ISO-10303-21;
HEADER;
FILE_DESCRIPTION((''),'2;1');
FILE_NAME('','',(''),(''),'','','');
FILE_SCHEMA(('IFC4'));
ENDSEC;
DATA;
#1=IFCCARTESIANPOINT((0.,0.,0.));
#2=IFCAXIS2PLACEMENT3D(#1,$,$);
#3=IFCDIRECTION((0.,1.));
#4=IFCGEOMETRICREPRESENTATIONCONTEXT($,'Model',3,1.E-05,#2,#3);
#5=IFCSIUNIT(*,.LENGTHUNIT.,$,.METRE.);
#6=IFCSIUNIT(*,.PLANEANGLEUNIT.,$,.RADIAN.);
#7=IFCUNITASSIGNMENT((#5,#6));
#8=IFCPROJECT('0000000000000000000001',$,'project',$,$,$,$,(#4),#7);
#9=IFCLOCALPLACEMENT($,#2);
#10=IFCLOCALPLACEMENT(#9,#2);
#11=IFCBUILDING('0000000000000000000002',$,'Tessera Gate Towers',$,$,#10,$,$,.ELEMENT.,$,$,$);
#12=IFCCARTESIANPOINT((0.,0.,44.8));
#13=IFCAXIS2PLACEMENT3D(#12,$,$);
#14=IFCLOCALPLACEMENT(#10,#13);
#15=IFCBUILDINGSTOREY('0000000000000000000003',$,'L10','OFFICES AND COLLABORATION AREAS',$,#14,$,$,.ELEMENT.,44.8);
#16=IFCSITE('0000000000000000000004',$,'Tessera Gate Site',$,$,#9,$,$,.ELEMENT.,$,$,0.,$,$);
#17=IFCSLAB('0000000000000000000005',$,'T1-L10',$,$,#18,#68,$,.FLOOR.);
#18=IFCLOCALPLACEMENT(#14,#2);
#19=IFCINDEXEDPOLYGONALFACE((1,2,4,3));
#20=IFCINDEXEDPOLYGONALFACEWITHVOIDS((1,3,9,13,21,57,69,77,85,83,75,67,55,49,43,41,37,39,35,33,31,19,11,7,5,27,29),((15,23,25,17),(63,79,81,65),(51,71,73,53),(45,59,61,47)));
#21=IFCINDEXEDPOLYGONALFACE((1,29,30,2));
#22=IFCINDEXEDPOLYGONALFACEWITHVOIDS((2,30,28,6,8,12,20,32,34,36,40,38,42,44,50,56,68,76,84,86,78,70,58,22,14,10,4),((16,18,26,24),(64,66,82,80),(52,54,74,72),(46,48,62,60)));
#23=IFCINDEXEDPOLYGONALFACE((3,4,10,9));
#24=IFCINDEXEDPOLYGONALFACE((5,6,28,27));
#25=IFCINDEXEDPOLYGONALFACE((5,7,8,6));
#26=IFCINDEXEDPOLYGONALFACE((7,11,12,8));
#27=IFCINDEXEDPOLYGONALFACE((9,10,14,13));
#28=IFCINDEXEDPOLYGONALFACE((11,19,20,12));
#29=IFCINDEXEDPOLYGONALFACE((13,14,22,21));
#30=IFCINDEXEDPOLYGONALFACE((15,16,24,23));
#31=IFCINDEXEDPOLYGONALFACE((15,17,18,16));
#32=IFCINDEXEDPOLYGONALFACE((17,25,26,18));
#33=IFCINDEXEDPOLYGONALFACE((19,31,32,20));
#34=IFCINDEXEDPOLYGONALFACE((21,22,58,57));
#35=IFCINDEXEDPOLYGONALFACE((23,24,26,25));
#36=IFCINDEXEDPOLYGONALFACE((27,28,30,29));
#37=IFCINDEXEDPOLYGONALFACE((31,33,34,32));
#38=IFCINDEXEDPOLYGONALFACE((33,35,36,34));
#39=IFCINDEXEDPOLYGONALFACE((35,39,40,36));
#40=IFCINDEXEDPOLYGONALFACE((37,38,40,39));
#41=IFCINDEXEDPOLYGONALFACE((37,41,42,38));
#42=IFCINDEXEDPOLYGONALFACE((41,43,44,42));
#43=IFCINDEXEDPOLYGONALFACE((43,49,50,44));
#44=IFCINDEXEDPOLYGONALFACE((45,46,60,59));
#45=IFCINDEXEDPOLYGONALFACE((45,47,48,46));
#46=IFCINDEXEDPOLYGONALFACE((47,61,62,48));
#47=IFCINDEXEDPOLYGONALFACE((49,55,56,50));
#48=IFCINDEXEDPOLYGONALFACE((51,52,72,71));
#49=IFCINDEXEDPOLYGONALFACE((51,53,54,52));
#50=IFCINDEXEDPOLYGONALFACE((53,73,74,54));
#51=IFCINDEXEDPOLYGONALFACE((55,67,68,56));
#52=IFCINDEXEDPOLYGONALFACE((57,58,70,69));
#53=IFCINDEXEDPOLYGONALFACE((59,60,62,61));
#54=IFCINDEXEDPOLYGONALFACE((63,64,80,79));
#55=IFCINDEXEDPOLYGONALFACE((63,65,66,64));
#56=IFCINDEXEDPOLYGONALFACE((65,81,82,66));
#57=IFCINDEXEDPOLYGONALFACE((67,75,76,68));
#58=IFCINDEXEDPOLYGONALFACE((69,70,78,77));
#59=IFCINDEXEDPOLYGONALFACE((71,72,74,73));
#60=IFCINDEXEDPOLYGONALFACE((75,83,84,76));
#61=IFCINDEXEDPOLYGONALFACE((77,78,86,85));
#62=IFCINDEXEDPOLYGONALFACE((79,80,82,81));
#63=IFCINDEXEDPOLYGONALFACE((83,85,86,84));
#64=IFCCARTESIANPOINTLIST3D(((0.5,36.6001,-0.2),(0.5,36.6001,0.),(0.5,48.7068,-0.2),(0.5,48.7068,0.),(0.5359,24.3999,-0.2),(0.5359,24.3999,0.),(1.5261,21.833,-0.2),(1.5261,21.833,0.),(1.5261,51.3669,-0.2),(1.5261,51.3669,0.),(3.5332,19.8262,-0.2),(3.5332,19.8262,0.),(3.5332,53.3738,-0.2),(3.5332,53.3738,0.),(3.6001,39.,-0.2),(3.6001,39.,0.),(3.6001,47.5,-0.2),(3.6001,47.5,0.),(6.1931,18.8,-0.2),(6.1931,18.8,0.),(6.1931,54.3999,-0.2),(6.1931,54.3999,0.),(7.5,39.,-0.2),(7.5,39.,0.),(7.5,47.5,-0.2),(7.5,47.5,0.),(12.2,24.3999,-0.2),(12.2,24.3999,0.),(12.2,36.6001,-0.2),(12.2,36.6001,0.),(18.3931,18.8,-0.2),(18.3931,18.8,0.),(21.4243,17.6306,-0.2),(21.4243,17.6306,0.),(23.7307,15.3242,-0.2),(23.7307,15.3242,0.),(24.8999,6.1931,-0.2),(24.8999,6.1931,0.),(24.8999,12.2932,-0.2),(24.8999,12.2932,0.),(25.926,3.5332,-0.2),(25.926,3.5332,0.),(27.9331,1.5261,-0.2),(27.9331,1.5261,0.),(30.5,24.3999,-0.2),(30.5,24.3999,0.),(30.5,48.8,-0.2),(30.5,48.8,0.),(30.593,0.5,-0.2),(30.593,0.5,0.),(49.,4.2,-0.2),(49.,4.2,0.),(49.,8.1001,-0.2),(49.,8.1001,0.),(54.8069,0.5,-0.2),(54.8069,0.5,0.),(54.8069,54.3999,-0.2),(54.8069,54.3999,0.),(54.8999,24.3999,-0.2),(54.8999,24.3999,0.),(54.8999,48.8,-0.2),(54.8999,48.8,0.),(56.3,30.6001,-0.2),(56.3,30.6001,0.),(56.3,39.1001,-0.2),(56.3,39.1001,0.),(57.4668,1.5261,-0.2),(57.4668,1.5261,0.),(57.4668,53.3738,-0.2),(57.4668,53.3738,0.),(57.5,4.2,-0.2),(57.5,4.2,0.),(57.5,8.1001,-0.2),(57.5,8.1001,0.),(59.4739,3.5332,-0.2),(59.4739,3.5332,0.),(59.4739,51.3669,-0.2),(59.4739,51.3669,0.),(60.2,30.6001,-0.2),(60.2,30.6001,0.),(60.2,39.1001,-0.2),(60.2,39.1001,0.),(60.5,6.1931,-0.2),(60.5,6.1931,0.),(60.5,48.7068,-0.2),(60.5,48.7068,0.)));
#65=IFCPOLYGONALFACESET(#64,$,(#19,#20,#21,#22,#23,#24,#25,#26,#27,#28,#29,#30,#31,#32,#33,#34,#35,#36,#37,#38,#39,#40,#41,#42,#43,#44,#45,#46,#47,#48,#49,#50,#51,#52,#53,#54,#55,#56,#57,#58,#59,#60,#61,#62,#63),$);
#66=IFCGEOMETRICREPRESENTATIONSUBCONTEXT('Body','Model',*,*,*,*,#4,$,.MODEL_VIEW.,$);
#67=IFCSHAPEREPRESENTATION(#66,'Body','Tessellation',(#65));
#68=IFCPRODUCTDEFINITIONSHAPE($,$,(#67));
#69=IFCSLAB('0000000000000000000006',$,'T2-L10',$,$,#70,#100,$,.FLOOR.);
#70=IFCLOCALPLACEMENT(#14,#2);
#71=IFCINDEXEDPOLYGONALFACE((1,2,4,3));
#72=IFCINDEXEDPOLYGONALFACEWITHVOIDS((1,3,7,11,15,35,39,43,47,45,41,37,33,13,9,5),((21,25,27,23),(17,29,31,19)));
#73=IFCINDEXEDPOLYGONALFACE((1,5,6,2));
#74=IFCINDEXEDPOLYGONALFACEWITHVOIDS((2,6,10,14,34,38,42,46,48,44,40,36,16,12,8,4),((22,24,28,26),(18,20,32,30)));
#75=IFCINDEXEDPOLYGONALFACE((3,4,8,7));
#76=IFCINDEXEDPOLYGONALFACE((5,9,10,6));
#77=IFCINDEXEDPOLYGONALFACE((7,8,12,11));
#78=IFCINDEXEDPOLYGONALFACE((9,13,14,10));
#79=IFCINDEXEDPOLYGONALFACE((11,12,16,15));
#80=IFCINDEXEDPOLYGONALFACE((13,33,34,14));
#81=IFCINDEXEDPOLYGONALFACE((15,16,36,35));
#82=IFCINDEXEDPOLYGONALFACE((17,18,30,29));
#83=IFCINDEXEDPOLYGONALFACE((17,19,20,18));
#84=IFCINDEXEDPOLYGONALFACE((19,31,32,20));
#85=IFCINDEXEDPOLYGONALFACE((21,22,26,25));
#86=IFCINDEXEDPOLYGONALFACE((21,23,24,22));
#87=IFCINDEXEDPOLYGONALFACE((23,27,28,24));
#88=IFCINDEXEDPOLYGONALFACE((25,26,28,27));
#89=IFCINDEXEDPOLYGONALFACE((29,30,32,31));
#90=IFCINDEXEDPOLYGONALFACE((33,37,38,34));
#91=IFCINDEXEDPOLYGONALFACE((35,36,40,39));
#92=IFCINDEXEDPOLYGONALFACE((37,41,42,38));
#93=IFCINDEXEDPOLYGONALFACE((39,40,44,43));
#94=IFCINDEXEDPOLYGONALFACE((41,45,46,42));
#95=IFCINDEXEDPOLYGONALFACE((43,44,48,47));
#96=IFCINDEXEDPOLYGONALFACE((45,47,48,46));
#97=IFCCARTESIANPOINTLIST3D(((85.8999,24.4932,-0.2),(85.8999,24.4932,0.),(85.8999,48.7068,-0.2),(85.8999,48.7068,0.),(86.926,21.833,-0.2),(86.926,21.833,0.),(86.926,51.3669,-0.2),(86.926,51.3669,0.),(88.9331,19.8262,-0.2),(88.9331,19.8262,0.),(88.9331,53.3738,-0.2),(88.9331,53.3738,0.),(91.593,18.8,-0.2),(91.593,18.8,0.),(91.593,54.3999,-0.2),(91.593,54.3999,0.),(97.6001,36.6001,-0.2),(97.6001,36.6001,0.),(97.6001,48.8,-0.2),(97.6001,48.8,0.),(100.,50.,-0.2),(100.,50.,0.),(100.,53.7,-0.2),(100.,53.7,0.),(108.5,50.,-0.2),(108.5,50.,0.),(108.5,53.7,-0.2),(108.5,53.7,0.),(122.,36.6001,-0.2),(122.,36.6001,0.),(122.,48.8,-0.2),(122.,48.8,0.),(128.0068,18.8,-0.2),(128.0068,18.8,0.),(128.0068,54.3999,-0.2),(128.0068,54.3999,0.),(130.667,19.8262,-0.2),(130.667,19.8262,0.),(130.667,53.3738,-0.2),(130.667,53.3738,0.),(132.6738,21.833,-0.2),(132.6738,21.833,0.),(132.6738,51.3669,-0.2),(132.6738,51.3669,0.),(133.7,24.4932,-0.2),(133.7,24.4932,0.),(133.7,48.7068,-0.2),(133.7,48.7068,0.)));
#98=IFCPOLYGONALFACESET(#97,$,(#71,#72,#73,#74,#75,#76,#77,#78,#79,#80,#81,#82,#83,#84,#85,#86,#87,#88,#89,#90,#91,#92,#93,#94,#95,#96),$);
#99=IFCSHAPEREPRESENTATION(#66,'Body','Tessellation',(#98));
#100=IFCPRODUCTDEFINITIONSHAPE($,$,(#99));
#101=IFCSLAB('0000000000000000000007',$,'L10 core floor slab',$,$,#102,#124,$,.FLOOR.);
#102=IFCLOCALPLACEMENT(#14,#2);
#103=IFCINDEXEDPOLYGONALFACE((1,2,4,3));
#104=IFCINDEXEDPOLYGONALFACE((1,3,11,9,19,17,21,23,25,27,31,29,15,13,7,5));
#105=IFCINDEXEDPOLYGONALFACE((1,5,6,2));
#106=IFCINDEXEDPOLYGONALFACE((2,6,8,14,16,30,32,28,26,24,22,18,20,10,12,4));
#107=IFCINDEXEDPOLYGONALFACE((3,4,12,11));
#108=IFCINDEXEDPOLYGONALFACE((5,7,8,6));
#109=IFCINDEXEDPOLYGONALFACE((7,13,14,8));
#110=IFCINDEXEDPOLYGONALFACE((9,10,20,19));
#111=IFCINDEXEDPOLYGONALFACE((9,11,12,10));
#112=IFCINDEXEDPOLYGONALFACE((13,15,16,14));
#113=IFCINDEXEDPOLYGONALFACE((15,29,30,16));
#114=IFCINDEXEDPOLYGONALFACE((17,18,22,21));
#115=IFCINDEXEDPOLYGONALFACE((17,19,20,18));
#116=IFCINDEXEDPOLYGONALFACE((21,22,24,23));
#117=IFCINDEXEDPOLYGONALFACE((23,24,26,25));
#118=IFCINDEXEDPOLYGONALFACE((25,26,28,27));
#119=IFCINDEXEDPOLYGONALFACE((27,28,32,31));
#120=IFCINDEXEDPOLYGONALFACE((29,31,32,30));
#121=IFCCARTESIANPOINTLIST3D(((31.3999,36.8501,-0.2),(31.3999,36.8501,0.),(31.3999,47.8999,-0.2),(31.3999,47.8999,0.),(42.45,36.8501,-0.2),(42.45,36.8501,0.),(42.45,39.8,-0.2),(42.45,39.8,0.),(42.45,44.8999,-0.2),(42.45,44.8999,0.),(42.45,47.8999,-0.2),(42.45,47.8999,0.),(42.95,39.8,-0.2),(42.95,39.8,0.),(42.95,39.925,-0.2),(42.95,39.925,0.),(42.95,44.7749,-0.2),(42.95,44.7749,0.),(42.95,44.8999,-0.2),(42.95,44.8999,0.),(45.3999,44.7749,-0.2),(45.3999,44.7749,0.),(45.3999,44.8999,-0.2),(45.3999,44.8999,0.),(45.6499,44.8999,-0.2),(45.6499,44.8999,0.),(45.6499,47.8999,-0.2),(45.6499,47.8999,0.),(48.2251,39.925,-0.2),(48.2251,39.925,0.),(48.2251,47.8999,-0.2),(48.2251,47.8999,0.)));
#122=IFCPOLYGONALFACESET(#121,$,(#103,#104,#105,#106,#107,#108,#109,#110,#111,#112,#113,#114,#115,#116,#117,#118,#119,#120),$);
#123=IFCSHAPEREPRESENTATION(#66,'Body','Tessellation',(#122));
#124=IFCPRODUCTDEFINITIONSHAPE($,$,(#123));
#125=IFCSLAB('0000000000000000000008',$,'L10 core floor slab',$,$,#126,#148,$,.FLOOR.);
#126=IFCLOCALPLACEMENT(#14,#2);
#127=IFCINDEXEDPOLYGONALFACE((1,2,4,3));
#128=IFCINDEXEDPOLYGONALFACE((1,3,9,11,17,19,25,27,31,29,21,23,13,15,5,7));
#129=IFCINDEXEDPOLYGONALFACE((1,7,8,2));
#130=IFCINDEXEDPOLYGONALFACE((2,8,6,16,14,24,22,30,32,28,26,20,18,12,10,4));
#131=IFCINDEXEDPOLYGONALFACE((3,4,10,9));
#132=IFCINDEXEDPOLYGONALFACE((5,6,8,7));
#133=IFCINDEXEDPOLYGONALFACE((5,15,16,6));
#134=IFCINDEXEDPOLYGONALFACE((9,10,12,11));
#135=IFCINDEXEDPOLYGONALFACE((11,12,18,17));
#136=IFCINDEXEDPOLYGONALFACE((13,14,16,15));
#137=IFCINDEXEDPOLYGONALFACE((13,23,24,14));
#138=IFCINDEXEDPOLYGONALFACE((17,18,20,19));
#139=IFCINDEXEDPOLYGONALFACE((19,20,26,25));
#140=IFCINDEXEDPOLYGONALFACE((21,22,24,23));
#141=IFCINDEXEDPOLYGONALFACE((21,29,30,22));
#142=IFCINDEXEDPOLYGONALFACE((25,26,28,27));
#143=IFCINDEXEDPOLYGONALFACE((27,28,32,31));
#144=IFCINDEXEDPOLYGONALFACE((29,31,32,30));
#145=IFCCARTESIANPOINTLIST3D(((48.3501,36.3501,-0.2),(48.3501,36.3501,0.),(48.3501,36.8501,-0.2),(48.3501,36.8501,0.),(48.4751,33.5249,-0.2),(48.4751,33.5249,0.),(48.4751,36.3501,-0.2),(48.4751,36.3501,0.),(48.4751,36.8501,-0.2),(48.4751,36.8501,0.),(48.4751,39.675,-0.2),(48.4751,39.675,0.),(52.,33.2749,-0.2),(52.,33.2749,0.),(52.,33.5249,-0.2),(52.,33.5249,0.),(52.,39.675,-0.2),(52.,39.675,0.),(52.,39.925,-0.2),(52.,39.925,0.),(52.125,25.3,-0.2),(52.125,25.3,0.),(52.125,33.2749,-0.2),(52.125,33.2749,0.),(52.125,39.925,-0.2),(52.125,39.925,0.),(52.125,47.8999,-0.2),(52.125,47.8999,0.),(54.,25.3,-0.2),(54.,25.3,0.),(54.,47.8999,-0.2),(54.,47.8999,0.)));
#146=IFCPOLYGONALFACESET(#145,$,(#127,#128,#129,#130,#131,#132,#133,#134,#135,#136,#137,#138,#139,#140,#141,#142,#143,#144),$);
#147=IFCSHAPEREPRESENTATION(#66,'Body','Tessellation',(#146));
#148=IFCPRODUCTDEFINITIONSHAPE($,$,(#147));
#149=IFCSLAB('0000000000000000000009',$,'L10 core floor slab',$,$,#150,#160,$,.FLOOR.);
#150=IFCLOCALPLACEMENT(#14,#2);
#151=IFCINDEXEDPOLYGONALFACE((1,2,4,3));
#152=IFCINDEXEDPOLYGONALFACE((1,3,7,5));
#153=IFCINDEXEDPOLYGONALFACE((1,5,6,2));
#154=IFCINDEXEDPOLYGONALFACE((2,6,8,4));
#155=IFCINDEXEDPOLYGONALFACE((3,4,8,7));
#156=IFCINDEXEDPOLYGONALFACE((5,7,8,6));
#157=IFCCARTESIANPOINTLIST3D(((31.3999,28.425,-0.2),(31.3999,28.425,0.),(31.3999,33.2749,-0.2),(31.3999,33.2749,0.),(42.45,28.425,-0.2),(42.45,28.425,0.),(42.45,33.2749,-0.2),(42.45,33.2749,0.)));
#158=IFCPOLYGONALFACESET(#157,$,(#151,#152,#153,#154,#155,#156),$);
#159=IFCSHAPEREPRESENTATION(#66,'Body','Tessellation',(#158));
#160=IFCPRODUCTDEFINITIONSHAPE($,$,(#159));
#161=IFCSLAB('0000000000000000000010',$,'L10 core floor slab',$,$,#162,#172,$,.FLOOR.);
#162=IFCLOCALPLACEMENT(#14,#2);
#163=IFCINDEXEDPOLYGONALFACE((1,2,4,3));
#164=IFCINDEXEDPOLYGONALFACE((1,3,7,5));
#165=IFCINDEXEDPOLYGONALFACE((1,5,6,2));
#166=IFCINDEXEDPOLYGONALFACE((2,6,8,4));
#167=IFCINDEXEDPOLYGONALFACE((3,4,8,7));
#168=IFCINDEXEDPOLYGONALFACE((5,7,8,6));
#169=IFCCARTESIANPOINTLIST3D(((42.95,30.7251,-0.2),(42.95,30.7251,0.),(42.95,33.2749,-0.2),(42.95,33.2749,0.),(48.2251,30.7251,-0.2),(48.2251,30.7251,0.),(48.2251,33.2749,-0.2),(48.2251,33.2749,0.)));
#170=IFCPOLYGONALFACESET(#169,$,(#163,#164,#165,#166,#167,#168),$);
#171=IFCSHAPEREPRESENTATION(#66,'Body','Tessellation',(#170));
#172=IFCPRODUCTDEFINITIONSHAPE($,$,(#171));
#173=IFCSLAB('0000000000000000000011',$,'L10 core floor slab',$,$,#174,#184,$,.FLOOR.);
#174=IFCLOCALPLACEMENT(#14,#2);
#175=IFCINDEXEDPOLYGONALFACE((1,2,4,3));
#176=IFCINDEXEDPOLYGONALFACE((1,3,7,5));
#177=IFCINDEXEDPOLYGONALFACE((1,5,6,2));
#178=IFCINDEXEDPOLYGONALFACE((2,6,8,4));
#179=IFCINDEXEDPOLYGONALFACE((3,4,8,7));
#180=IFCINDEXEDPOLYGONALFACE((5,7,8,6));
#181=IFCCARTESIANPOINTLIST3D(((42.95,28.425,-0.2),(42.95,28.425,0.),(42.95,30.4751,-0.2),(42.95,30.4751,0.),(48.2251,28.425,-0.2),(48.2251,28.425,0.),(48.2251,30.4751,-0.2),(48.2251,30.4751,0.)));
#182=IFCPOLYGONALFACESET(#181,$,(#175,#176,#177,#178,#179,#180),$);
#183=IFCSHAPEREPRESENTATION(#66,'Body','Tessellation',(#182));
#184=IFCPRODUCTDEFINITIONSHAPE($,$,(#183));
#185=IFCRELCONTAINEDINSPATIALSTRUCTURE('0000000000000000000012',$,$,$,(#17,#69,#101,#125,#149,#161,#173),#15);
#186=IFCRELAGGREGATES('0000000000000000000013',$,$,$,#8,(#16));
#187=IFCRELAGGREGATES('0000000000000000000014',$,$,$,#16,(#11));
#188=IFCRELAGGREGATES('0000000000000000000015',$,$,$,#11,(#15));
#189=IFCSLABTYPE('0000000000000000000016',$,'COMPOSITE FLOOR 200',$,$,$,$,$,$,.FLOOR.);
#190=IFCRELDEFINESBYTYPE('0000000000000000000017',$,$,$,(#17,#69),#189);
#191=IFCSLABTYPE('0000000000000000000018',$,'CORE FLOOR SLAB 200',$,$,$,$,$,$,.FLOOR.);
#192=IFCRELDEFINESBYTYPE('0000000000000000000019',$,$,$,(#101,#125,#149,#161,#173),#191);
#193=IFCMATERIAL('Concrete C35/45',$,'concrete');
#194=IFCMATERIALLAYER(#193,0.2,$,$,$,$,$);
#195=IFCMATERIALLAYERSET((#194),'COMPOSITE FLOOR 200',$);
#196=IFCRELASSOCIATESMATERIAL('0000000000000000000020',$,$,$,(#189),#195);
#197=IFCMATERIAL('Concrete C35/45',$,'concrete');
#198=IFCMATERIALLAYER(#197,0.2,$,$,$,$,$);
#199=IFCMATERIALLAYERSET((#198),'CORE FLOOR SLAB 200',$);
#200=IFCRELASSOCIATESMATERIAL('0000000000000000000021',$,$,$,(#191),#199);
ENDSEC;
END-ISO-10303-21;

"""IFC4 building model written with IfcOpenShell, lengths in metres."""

from ifc_helpers import new_model, si_unit, direction, frame, origin, place, context, subcontext, project, spatial, polyline, outline, extrude, material, layer, layer_set, type_object, element, save


model = new_model("IFC4")

# Units and contexts
model_context = context("Model", 3, precision=1e-05, world=origin(), true_north=direction((0.0, 1.0)))
body_context = subcontext(model_context, "Body", "Model", "MODEL_VIEW")
ifc_project = project(units=[si_unit("LENGTHUNIT", "METRE"), si_unit("PLANEANGLEUNIT", "RADIAN")], contexts=[model_context])

# Site, building, storey
site_placement = place(None, origin())
site = spatial("IfcSite", under=ifc_project, at=site_placement, Name="Tessera Gate Site", CompositionType="ELEMENT", RefElevation=0.0)
building_placement = place(site_placement, origin())
building = spatial("IfcBuilding", under=site, at=building_placement, Name="Tessera Gate Towers", CompositionType="ELEMENT")
storey_placement = place(building_placement, frame((0.0, 0.0, 44.8)))
storey = spatial("IfcBuildingStorey", under=building, at=storey_placement, Name="L10", Description="OFFICES AND COLLABORATION AREAS", CompositionType="ELEMENT", Elevation=44.8)

# Slabs
ifc_material_1 = material(Name="Concrete C35/45", Category="concrete")
ifc_layer_1 = layer(ifc_material_1, 0.2)
ifc_layer_set_1 = layer_set([ifc_layer_1], Name="COMPOSITE FLOOR 200")
slab_type_1 = type_object("IfcSlabType", Name="COMPOSITE FLOOR 200", PredefinedType="FLOOR", material=ifc_layer_set_1)
slab_1_placement = place(storey_placement, frame((0.0, 0.0, -0.2)))
element("IfcSlab", 1, at=slab_1_placement, inside=storey, type_object=slab_type_1, Name="T1-L10", PredefinedType="FLOOR", context=body_context, shape_type="SweptSolid", body=[
    extrude(outline(polyline([(0.5, 36.6001), (12.2, 36.6001), (12.2, 24.3999), (0.5359, 24.3999), (1.5261, 21.833), (3.5332, 19.8262), (6.1931, 18.8), (18.3931, 18.8), (21.4243, 17.6306), (23.7307, 15.3242), (24.8999, 12.2932), (24.8999, 6.1931), (25.926, 3.5332), (27.9331, 1.5261), (30.593, 0.5), (54.8069, 0.5), (57.4668, 1.5261), (59.4739, 3.5332), (60.5, 6.1931), (60.5, 48.7068), (59.4739, 51.3669), (57.4668, 53.3738), (54.8069, 54.3999), (6.1931, 54.3999), (3.5332, 53.3738), (1.5261, 51.3669), (0.5, 48.7068), (0.5, 36.6001)]), holes=[polyline([(3.6001, 39.0), (3.6001, 47.5), (7.5, 47.5), (7.5, 39.0), (3.6001, 39.0)]), polyline([(30.5, 24.3999), (30.5, 48.8), (54.8999, 48.8), (54.8999, 24.3999), (30.5, 24.3999)]), polyline([(49.0, 4.2), (49.0, 8.1001), (57.5, 8.1001), (57.5, 4.2), (49.0, 4.2)]), polyline([(56.3, 30.6001), (56.3, 39.1001), (60.2, 39.1001), (60.2, 30.6001), (56.3, 30.6001)])]), origin(), (0.0, 0.0, 1.0), 0.2),
])
slab_2_placement = place(storey_placement, frame((0.0, 0.0, -0.2)))
element("IfcSlab", 2, at=slab_2_placement, inside=storey, type_object=slab_type_1, Name="T2-L10", PredefinedType="FLOOR", context=body_context, shape_type="SweptSolid", body=[
    extrude(outline(polyline([(85.8999, 24.4932), (86.926, 21.833), (88.9331, 19.8262), (91.593, 18.8), (128.0068, 18.8), (130.667, 19.8262), (132.6738, 21.833), (133.7, 24.4932), (133.7, 48.7068), (132.6738, 51.3669), (130.667, 53.3738), (128.0068, 54.3999), (91.593, 54.3999), (88.9331, 53.3738), (86.926, 51.3669), (85.8999, 48.7068), (85.8999, 24.4932)]), holes=[polyline([(97.6001, 36.6001), (97.6001, 48.8), (122.0, 48.8), (122.0, 36.6001), (97.6001, 36.6001)]), polyline([(100.0, 50.0), (100.0, 53.7), (108.5, 53.7), (108.5, 50.0), (100.0, 50.0)])]), origin(), (0.0, 0.0, 1.0), 0.2),
])
ifc_material_2 = material(Name="Concrete C35/45", Category="concrete")
ifc_layer_2 = layer(ifc_material_2, 0.2)
ifc_layer_set_2 = layer_set([ifc_layer_2], Name="CORE FLOOR SLAB 200")
slab_type_2 = type_object("IfcSlabType", Name="CORE FLOOR SLAB 200", PredefinedType="FLOOR", material=ifc_layer_set_2)
slab_3_placement = place(storey_placement, frame((0.0, 0.0, -0.2)))
element("IfcSlab", 3, at=slab_3_placement, inside=storey, type_object=slab_type_2, Name="L10 core floor slab", PredefinedType="FLOOR", context=body_context, shape_type="SweptSolid", body=[
    extrude(outline(polyline([(31.3999, 47.8999), (31.3999, 36.8501), (42.45, 36.8501), (42.45, 39.8), (42.95, 39.8), (42.95, 39.925), (48.2251, 39.925), (48.2251, 47.8999), (45.6499, 47.8999), (45.6499, 44.8999), (45.3999, 44.8999), (45.3999, 44.7749), (42.95, 44.7749), (42.95, 44.8999), (42.45, 44.8999), (42.45, 47.8999), (31.3999, 47.8999)])), origin(), (0.0, 0.0, 1.0), 0.2),
])
slab_4_placement = place(storey_placement, frame((0.0, 0.0, -0.2)))
element("IfcSlab", 4, at=slab_4_placement, inside=storey, type_object=slab_type_2, Name="L10 core floor slab", PredefinedType="FLOOR", context=body_context, shape_type="SweptSolid", body=[
    extrude(outline(polyline([(48.3501, 36.8501), (48.3501, 36.3501), (48.4751, 36.3501), (48.4751, 33.5249), (52.0, 33.5249), (52.0, 33.2749), (52.125, 33.2749), (52.125, 25.3), (54.0, 25.3), (54.0, 47.8999), (52.125, 47.8999), (52.125, 39.925), (52.0, 39.925), (52.0, 39.675), (48.4751, 39.675), (48.4751, 36.8501), (48.3501, 36.8501)])), origin(), (0.0, 0.0, 1.0), 0.2),
])
slab_5_placement = place(storey_placement, frame((0.0, 0.0, -0.2)))
element("IfcSlab", 5, at=slab_5_placement, inside=storey, type_object=slab_type_2, Name="L10 core floor slab", PredefinedType="FLOOR", context=body_context, shape_type="SweptSolid", body=[
    extrude(outline(polyline([(42.45, 28.425), (42.45, 33.2749), (31.3999, 33.2749), (31.3999, 28.425), (42.45, 28.425)])), origin(), (0.0, 0.0, 1.0), 0.2),
])
slab_6_placement = place(storey_placement, frame((0.0, 0.0, -0.2)))
element("IfcSlab", 6, at=slab_6_placement, inside=storey, type_object=slab_type_2, Name="L10 core floor slab", PredefinedType="FLOOR", context=body_context, shape_type="SweptSolid", body=[
    extrude(outline(polyline([(42.95, 33.2749), (42.95, 30.7251), (48.2251, 30.7251), (48.2251, 33.2749), (42.95, 33.2749)])), origin(), (0.0, 0.0, 1.0), 0.2),
])
slab_7_placement = place(storey_placement, frame((0.0, 0.0, -0.2)))
element("IfcSlab", 7, at=slab_7_placement, inside=storey, type_object=slab_type_2, Name="L10 core floor slab", PredefinedType="FLOOR", context=body_context, shape_type="SweptSolid", body=[
    extrude(outline(polyline([(42.95, 30.4751), (42.95, 28.425), (48.2251, 28.425), (48.2251, 30.4751), (42.95, 30.4751)])), origin(), (0.0, 0.0, 1.0), 0.2),
])

save(model, "model.ifc")
